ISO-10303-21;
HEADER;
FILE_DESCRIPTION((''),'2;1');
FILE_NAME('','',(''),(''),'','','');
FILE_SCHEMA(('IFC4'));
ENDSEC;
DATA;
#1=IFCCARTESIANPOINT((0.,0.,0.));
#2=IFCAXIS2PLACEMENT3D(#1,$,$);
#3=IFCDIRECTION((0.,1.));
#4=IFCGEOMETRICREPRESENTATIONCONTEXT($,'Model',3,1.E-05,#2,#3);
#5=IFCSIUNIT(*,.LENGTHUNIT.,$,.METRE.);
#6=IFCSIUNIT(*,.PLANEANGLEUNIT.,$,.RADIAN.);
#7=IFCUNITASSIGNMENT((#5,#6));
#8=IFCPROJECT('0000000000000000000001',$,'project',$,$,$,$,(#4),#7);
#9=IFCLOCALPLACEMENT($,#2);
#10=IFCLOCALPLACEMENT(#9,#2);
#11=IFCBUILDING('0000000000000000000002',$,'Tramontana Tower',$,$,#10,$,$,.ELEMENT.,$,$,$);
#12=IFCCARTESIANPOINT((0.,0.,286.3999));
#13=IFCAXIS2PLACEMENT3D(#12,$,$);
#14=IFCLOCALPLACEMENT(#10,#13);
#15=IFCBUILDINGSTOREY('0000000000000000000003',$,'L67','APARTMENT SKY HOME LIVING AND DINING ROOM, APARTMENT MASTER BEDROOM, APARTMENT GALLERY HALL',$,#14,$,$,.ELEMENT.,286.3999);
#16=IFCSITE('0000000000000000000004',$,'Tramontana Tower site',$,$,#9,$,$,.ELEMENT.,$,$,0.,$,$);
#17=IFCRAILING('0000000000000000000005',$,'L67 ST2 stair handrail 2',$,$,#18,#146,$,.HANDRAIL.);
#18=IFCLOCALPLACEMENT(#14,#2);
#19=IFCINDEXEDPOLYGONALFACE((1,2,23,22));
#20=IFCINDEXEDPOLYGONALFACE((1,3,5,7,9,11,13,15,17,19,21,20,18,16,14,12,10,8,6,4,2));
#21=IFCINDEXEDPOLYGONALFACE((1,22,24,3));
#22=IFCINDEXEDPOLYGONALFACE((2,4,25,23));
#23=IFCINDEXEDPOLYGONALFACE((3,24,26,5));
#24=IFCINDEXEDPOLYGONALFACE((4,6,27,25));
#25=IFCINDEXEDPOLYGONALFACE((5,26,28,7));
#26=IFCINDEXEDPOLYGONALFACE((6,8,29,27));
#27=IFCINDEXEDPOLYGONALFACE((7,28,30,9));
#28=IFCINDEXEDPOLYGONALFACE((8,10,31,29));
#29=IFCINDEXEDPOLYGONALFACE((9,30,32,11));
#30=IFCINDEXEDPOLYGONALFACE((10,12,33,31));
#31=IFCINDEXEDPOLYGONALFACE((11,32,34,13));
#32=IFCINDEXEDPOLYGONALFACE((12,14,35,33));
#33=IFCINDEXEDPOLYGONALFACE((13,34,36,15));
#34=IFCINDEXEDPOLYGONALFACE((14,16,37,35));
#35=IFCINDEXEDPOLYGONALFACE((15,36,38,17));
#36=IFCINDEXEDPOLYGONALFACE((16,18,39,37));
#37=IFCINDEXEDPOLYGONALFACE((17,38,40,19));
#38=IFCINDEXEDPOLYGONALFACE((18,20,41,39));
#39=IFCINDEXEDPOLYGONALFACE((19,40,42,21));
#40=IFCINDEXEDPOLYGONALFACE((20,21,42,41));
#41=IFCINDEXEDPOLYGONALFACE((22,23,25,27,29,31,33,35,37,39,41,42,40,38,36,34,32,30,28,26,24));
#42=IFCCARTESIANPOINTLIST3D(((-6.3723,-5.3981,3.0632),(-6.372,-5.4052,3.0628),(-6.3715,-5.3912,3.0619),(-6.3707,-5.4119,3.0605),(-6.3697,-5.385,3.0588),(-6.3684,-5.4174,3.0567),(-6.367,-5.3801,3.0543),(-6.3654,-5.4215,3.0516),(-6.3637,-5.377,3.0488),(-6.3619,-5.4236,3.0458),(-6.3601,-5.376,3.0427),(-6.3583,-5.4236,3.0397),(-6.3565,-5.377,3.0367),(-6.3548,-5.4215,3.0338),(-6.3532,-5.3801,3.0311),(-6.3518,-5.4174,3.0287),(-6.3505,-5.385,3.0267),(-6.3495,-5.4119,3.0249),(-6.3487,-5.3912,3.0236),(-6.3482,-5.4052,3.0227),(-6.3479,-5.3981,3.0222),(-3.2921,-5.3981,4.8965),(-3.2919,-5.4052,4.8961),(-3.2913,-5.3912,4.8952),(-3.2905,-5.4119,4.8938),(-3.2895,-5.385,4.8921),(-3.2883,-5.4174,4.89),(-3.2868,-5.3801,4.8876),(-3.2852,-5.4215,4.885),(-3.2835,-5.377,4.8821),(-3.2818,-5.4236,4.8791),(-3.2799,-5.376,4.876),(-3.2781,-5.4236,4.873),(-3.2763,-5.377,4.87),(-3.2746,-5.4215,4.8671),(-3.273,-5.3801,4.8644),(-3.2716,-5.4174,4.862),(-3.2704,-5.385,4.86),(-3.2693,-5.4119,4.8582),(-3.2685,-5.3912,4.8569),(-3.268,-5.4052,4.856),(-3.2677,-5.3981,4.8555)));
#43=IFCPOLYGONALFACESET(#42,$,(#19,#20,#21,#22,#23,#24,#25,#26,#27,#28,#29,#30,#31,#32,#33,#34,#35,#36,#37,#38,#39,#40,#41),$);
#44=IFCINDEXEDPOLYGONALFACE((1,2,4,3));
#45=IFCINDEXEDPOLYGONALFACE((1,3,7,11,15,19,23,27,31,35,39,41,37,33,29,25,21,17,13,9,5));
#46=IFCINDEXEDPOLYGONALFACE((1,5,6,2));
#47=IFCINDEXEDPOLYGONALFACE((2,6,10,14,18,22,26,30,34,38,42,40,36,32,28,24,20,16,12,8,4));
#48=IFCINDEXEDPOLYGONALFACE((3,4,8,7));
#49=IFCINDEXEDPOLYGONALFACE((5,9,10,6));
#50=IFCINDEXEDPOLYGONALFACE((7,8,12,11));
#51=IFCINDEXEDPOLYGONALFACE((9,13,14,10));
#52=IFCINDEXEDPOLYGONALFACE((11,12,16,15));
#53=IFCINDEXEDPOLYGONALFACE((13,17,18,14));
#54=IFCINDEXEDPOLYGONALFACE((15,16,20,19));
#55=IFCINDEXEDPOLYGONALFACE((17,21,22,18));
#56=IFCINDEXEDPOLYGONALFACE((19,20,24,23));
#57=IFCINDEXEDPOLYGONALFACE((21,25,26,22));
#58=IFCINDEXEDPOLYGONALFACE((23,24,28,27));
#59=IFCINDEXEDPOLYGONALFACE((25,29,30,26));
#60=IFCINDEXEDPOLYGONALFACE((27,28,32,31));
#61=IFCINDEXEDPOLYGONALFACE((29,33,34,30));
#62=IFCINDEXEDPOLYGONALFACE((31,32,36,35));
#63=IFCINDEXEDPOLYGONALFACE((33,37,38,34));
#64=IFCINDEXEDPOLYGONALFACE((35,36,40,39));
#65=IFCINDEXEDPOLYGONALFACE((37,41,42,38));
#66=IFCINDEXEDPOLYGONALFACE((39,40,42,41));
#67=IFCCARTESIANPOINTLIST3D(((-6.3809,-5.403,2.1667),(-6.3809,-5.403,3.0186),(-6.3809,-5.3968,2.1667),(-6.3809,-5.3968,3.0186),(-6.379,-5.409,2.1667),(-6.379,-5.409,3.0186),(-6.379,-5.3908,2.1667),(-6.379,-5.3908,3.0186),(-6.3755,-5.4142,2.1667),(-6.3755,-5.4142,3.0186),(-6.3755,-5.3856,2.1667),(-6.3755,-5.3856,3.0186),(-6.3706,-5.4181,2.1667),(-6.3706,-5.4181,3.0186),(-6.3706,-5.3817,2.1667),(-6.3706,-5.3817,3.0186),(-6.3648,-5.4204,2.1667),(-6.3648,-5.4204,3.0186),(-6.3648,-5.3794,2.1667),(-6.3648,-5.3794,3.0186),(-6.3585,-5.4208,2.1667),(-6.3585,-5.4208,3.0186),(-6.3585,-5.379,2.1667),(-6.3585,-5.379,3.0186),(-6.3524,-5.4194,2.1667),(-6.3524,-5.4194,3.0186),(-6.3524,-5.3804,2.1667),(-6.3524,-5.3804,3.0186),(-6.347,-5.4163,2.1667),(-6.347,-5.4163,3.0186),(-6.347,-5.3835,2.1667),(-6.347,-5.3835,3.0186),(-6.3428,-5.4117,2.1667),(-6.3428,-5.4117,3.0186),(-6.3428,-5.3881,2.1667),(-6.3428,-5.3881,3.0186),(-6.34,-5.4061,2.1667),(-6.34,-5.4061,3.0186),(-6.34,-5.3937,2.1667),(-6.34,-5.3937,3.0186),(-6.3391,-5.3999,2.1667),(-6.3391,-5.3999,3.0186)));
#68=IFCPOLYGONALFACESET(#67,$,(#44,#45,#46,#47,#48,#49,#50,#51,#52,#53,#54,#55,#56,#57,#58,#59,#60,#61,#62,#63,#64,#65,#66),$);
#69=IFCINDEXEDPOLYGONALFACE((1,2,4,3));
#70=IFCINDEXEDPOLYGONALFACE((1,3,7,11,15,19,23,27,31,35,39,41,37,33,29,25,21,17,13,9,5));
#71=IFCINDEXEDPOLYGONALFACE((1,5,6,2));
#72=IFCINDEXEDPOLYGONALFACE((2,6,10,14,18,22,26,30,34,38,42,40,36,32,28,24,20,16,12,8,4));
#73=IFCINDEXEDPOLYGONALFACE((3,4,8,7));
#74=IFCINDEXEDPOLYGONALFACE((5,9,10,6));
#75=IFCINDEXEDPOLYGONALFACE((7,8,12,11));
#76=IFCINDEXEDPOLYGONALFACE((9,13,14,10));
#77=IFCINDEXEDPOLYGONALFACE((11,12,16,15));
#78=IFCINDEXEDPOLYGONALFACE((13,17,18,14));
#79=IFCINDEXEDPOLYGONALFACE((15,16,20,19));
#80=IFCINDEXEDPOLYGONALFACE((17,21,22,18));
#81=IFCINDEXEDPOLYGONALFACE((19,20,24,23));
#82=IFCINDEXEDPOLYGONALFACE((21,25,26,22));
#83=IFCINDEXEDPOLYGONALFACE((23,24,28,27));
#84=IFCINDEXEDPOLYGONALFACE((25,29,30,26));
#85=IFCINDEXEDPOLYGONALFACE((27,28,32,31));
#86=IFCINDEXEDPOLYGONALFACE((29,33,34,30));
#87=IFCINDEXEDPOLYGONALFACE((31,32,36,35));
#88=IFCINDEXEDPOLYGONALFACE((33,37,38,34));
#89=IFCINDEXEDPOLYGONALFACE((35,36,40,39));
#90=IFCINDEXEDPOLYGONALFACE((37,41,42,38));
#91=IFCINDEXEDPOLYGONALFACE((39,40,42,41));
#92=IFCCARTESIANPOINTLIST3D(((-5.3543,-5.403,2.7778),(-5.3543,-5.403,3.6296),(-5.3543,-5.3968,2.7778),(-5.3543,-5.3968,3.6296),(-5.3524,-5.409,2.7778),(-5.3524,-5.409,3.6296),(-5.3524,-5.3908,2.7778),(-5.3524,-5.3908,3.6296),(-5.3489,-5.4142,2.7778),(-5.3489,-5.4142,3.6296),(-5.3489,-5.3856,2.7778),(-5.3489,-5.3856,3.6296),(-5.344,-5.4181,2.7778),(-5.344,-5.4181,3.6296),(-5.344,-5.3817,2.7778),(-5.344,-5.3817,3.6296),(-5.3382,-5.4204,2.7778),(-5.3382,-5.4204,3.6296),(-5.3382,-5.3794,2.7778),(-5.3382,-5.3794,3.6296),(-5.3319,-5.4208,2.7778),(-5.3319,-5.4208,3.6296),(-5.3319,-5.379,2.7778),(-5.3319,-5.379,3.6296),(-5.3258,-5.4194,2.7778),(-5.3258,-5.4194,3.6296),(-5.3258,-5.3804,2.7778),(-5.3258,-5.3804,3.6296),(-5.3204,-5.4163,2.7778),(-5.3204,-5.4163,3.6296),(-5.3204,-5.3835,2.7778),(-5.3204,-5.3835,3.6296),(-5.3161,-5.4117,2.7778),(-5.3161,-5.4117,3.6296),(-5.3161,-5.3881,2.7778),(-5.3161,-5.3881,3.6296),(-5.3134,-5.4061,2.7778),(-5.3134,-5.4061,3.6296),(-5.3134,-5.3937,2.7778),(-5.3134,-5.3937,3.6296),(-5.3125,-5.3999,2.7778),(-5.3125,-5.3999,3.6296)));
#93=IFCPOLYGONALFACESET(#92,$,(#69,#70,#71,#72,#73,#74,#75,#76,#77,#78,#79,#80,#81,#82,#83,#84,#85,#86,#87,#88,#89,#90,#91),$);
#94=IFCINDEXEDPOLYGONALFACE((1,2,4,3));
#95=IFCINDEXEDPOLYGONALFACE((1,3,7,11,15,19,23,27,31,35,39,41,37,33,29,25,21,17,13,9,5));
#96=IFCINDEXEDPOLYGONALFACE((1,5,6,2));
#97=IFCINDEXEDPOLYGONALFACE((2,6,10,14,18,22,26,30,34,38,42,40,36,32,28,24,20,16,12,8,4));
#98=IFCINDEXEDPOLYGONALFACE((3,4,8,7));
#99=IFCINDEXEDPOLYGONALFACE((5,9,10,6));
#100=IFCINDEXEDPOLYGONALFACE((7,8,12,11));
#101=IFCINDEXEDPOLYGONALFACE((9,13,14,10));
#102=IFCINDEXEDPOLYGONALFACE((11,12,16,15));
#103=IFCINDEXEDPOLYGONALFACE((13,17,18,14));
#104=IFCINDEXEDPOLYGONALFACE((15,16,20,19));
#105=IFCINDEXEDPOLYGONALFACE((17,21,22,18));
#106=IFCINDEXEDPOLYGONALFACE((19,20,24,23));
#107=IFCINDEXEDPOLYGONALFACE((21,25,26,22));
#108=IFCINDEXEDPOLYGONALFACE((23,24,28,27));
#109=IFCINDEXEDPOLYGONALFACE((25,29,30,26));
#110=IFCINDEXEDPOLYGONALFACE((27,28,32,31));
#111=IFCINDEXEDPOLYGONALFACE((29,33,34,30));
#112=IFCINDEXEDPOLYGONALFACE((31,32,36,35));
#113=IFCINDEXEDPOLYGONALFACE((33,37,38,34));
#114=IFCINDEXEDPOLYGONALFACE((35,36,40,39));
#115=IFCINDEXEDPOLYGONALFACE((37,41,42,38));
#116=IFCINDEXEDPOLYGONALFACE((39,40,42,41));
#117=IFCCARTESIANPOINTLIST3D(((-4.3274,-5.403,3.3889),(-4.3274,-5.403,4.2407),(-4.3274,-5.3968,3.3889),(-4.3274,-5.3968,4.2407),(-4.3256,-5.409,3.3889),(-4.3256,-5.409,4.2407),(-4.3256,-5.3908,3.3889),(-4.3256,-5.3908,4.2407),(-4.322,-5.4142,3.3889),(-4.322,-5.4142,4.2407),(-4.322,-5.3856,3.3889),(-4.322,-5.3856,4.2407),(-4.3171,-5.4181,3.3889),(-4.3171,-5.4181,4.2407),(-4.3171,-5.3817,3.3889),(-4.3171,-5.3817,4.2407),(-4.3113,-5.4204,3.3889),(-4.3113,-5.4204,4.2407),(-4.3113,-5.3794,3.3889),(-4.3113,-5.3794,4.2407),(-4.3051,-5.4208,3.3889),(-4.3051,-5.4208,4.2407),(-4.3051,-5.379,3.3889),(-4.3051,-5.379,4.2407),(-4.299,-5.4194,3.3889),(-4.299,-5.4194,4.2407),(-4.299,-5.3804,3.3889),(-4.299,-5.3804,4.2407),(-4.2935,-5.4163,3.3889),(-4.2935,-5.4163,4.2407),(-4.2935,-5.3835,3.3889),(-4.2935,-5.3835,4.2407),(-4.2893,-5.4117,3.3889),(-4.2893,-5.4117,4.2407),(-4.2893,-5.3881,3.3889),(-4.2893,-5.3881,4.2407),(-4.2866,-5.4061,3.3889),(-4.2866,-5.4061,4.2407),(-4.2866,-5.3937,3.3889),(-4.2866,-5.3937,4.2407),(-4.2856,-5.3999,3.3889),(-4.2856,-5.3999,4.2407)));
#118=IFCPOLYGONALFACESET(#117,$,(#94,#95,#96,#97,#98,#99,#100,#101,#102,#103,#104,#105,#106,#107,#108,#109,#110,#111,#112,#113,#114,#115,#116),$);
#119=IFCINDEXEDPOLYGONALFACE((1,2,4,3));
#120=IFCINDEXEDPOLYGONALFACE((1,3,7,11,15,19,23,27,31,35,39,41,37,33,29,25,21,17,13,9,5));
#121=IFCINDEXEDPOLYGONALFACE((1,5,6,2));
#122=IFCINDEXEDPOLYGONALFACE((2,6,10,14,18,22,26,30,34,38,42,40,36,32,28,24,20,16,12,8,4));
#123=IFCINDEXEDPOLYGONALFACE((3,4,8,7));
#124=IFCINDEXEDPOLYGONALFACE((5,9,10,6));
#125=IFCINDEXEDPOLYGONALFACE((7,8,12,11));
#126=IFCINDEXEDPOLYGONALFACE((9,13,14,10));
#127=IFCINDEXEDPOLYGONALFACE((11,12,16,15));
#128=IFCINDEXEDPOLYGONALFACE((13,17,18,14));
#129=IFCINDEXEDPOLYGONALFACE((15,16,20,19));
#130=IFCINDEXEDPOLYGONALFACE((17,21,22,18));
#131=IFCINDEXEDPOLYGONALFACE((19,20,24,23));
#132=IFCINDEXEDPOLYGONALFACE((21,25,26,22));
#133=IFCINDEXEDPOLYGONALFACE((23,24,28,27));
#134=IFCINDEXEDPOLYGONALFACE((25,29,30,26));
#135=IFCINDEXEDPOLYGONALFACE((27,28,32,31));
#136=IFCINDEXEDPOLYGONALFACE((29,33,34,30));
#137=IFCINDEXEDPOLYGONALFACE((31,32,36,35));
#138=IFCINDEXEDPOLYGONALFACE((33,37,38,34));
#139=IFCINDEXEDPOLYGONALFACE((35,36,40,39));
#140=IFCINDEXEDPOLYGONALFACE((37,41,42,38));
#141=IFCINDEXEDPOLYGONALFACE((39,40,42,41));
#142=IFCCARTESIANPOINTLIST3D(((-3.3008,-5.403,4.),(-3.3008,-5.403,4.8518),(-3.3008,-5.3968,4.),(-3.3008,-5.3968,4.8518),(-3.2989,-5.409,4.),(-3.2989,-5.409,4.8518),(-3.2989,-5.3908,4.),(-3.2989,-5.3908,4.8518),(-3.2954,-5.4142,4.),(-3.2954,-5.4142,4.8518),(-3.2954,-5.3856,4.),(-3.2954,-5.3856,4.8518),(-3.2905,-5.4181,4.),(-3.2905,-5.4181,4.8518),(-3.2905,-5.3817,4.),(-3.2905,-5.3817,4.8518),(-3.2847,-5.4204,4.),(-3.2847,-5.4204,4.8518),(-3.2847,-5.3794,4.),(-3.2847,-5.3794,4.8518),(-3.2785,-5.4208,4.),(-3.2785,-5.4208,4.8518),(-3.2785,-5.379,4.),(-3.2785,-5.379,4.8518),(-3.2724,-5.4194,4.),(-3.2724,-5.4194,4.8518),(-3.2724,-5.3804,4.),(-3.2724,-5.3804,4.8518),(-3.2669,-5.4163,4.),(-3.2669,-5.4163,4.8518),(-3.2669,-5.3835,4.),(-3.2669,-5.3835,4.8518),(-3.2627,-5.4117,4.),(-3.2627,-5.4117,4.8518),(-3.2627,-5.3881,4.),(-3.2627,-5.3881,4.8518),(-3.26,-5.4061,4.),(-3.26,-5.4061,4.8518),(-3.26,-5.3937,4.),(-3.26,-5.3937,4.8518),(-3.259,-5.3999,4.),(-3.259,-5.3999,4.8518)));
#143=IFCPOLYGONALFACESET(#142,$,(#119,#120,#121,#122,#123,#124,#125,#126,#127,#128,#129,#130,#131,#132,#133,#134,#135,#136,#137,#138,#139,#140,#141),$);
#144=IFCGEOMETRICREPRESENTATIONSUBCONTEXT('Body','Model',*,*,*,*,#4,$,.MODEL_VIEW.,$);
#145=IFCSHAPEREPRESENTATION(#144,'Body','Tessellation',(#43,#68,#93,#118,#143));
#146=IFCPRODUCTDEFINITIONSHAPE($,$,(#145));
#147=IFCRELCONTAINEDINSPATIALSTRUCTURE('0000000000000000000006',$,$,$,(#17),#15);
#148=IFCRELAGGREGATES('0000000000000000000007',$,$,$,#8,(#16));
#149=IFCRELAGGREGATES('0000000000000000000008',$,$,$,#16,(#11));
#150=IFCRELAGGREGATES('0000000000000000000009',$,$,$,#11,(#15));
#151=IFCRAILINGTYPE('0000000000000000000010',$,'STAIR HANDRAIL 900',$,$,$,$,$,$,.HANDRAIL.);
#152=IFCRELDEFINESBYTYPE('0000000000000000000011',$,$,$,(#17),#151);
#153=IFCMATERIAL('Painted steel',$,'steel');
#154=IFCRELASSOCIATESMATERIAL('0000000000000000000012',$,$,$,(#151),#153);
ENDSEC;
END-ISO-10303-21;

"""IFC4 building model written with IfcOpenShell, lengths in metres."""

from ifc_helpers import new_model, si_unit, direction, frame, origin, origin_2d, place, context, subcontext, project, spatial, circle, extrude, material, type_object, element, save


model = new_model("IFC4")

# Units and contexts
model_context = context("Model", 3, precision=1e-05, world=origin(), true_north=direction((0.0, 1.0)))
body_context = subcontext(model_context, "Body", "Model", "MODEL_VIEW")
ifc_project = project(units=[si_unit("LENGTHUNIT", "METRE"), si_unit("PLANEANGLEUNIT", "RADIAN")], contexts=[model_context])

# Site, building, storey
site_placement = place(None, origin())
site = spatial("IfcSite", under=ifc_project, at=site_placement, Name="Tramontana Tower site", CompositionType="ELEMENT", RefElevation=0.0)
building_placement = place(site_placement, origin())
building = spatial("IfcBuilding", under=site, at=building_placement, Name="Tramontana Tower", CompositionType="ELEMENT")
storey_placement = place(building_placement, frame((0.0, 0.0, 286.3999)))
storey = spatial("IfcBuildingStorey", under=building, at=storey_placement, Name="L67", Description="APARTMENT SKY HOME LIVING AND DINING ROOM, APARTMENT MASTER BEDROOM, APARTMENT GALLERY HALL", CompositionType="ELEMENT", Elevation=286.3999)

# Railing
ifc_material_1 = material(Name="Painted steel", Category="steel")
railing_type_1 = type_object("IfcRailingType", Name="STAIR HANDRAIL 900", PredefinedType="HANDRAIL", material=ifc_material_1)
railing_1_placement = place(storey_placement, frame((-6.3601, -5.3999, 2.1667)))
element("IfcRailing", 1, at=railing_1_placement, inside=storey, type_object=railing_type_1, Name="L67 ST2 stair handrail 2", PredefinedType="HANDRAIL", context=body_context, shape_type="SweptSolid", body=[
    extrude(circle(Radius=0.0239, at=origin_2d()), frame((0.0, 0.0, 0.876), z_axis=(0.859309, 0.0, 0.511458), x_axis=(0.0, 1.0, 0.0)), (0.0, 0.0, 1.0), 3.5845),
    extrude(circle(Radius=0.021, at=origin_2d()), origin(), (0.0, 0.0, 1.0), 0.8518),
    extrude(circle(Radius=0.021, at=origin_2d()), frame((1.0266, 0.0, 0.6111)), (0.0, 0.0, 1.0), 0.8518),
    extrude(circle(Radius=0.021, at=origin_2d()), frame((2.0535, 0.0, 1.2222)), (0.0, 0.0, 1.0), 0.8518),
    extrude(circle(Radius=0.021, at=origin_2d()), frame((3.0801, 0.0, 1.8333)), (0.0, 0.0, 1.0), 0.8518),
])

save(model, "model.ifc")
